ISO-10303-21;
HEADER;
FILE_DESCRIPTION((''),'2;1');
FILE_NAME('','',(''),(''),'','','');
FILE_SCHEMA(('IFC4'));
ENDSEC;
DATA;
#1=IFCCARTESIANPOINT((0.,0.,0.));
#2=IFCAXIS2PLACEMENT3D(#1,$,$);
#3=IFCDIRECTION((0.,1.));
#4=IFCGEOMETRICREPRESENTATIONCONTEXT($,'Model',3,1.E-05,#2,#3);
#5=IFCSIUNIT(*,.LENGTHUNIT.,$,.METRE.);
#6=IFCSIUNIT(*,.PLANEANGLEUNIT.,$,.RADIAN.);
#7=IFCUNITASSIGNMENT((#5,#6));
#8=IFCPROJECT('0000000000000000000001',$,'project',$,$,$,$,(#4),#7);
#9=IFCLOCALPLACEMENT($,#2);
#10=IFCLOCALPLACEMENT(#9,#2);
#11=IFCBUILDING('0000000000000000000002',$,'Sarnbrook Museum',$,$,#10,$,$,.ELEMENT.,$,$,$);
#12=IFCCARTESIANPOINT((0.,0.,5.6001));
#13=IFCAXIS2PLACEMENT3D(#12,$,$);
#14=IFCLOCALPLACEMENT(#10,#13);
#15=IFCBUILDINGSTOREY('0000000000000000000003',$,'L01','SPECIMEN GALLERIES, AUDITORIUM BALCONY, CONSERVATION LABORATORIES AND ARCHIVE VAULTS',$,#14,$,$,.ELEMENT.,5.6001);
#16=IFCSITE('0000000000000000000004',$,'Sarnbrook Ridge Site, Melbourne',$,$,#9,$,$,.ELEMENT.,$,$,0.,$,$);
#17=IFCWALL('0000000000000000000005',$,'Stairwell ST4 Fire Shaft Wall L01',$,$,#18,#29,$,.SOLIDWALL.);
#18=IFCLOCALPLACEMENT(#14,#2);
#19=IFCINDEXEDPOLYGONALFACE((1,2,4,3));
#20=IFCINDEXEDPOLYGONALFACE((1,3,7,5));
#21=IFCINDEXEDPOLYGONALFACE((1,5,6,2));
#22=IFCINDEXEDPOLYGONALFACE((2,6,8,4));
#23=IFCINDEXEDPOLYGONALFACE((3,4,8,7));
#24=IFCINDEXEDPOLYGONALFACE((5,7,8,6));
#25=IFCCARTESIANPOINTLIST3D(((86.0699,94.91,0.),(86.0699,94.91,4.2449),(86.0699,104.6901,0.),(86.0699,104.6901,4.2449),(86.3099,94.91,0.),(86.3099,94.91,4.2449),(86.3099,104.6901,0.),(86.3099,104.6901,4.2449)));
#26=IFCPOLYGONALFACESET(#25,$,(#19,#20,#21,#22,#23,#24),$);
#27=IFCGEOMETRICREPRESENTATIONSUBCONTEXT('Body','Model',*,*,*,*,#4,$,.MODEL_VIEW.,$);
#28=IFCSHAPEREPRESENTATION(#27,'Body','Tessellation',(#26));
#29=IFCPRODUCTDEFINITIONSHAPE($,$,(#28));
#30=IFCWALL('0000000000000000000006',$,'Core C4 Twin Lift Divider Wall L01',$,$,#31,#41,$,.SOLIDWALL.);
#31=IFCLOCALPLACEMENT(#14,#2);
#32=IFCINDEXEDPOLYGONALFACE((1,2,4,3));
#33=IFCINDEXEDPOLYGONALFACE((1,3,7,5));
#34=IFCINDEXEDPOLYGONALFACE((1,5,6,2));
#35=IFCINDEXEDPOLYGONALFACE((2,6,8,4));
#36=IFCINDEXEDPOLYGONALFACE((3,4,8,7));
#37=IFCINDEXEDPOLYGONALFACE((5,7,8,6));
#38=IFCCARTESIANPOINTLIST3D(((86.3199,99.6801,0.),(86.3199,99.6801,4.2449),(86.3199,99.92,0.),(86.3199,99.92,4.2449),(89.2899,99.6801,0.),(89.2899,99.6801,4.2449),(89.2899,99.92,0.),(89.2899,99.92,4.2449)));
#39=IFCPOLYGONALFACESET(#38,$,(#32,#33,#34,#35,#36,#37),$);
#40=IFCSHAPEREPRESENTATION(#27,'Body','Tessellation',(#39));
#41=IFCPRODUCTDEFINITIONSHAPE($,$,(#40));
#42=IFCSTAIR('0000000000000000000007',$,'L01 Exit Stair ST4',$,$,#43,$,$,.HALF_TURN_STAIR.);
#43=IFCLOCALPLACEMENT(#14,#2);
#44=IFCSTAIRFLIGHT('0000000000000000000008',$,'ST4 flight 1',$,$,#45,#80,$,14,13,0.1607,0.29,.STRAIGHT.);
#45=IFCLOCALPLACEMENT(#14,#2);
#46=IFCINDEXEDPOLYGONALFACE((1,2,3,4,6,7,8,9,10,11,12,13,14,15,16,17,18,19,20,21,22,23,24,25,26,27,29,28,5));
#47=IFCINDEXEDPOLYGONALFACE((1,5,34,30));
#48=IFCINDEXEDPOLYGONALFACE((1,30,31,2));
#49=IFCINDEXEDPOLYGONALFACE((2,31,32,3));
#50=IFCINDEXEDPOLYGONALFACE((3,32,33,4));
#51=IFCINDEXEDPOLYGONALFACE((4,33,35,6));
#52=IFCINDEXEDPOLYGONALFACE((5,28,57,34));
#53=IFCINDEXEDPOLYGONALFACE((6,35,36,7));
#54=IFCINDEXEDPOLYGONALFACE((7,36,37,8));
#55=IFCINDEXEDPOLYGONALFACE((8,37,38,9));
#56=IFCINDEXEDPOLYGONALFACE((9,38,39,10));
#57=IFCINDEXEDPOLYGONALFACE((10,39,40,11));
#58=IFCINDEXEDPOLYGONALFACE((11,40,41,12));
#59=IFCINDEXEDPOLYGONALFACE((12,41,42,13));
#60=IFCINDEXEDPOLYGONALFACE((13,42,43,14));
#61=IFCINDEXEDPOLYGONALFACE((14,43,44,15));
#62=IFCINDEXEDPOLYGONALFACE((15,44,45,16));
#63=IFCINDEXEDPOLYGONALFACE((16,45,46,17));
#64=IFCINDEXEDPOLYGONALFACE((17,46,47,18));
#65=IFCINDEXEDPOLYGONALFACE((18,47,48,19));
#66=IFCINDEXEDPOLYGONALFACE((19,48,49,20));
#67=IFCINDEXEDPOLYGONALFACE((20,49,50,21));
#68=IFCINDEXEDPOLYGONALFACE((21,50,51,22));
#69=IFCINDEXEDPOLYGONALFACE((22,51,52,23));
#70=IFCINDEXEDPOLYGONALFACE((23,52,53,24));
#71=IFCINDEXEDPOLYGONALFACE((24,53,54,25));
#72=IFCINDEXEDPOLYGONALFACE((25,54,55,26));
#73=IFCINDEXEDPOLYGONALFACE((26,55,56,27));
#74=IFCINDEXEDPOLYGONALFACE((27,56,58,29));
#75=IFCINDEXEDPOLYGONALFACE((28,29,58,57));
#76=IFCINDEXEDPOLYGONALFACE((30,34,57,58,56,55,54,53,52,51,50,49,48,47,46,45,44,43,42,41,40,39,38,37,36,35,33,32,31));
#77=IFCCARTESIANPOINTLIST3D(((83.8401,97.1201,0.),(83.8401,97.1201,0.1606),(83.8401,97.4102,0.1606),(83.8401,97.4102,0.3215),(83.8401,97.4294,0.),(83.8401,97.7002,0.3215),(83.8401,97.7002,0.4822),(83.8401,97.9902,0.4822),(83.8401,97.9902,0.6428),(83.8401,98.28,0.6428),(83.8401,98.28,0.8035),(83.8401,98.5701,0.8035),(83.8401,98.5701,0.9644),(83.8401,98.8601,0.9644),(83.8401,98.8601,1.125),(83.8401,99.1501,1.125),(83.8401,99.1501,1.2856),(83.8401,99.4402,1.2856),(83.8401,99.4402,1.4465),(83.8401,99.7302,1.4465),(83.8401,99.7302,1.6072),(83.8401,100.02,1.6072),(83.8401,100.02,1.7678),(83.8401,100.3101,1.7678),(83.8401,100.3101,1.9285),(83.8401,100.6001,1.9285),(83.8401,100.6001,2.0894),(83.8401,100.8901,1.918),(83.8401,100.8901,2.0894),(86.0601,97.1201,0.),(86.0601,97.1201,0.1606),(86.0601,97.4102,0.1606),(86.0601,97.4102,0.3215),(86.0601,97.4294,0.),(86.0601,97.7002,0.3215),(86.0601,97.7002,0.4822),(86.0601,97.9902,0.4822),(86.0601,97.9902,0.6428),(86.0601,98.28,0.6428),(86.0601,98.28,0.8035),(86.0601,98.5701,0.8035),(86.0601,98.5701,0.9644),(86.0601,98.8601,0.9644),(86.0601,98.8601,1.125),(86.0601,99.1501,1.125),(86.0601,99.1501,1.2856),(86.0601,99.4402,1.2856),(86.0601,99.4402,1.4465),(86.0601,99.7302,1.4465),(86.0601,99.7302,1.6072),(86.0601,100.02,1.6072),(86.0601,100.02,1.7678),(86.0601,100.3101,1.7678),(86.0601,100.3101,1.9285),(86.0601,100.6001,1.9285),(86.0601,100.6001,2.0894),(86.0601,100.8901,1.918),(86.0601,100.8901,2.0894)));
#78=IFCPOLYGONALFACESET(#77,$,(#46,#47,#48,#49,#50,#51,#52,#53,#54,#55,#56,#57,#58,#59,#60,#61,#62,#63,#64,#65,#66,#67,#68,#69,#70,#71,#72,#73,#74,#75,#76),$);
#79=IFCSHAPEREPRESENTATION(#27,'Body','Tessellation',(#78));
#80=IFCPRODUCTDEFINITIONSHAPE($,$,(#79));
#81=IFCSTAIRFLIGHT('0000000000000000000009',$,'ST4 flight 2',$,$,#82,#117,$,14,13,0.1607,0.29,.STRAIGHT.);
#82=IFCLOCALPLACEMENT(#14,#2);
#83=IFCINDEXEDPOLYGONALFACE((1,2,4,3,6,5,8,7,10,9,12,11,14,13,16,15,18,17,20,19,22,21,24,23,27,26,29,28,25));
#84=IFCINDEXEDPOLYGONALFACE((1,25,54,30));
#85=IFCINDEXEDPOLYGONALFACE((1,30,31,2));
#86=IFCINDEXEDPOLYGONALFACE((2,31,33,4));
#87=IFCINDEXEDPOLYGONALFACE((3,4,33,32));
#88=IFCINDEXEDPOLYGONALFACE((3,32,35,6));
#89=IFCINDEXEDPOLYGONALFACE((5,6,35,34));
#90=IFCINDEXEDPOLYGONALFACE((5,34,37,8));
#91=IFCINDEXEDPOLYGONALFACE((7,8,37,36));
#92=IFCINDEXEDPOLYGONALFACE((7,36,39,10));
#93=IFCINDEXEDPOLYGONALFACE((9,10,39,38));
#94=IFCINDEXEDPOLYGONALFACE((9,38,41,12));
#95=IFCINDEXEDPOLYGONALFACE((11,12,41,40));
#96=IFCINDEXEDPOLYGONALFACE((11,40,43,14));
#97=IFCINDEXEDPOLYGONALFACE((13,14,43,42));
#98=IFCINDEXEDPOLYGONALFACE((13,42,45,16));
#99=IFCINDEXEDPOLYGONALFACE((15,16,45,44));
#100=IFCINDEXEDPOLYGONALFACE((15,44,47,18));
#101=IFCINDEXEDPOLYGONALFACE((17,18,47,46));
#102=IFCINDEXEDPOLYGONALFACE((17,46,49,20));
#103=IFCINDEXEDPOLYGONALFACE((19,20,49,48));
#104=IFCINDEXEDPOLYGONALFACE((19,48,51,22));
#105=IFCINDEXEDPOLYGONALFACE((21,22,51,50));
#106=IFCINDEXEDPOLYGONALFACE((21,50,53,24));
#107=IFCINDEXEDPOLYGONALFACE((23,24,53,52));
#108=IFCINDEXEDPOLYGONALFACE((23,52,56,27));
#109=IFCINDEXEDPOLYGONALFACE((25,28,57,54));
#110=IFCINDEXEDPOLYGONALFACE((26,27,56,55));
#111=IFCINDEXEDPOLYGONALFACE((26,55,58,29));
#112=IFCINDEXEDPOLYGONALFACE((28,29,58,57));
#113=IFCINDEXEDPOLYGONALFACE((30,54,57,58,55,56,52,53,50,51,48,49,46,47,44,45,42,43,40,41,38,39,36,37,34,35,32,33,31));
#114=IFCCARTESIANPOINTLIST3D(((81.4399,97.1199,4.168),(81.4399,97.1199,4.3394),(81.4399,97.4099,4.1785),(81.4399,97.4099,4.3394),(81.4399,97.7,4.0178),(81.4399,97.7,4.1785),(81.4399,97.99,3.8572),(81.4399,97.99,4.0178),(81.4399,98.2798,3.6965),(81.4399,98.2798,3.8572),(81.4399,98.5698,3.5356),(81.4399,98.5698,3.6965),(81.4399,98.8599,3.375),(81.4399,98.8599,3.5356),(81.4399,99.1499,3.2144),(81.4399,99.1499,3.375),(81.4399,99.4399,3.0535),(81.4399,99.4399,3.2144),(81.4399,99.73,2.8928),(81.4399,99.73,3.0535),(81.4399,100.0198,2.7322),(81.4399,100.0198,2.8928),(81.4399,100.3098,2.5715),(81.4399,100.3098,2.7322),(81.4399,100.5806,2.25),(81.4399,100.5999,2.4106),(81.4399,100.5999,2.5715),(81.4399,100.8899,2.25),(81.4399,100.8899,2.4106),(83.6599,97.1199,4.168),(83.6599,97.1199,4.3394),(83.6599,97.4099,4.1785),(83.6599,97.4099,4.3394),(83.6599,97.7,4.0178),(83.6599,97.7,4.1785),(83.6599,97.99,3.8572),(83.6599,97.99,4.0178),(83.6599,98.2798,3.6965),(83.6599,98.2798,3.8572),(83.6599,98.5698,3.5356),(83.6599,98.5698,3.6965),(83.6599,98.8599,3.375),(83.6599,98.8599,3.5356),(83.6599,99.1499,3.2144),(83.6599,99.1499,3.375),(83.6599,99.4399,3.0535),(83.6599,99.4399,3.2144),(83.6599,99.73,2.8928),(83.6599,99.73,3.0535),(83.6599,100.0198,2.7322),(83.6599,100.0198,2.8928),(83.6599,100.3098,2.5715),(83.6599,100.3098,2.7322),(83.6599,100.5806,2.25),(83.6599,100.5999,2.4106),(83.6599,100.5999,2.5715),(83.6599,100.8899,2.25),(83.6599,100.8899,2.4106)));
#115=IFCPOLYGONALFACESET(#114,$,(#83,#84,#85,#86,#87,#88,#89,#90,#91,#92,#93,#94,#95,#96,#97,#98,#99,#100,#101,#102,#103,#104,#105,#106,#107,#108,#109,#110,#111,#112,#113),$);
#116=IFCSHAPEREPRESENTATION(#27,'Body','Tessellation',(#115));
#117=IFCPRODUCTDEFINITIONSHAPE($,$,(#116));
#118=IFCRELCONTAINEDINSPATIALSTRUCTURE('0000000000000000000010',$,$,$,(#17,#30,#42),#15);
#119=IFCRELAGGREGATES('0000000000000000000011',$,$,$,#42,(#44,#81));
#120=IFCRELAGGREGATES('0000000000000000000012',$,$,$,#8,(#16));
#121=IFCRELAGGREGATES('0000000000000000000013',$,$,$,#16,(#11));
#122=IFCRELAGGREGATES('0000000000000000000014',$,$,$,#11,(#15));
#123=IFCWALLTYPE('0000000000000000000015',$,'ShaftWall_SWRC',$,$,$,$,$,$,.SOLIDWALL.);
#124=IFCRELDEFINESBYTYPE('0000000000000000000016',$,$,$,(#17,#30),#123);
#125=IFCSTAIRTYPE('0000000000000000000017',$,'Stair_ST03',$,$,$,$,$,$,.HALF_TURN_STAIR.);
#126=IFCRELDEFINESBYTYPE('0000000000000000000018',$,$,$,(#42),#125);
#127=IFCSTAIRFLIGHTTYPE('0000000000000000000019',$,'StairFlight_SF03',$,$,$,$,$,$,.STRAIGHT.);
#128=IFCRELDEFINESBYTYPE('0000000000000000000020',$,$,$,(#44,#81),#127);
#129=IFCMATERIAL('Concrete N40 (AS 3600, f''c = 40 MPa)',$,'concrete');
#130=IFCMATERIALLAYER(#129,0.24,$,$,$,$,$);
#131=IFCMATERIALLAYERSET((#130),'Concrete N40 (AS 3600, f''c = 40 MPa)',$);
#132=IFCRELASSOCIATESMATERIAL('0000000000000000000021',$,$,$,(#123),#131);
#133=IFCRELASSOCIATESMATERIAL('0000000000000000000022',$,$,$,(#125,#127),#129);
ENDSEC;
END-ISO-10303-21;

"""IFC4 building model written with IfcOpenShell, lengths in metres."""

from ifc_helpers import new_model, si_unit, direction, frame, frame_2d, origin, place, context, subcontext, project, spatial, polyline, rectangle, outline, extrude, material, layer, layer_set, type_object, element, aggregate, save


model = new_model("IFC4")

# Units and contexts
model_context = context("Model", 3, precision=1e-05, world=origin(), true_north=direction((0.0, 1.0)))
body_context = subcontext(model_context, "Body", "Model", "MODEL_VIEW")
ifc_project = project(units=[si_unit("LENGTHUNIT", "METRE"), si_unit("PLANEANGLEUNIT", "RADIAN")], contexts=[model_context])

# Site, building, storey
site_placement = place(None, origin())
site = spatial("IfcSite", under=ifc_project, at=site_placement, Name="Sarnbrook Ridge Site, Melbourne", CompositionType="ELEMENT", RefElevation=0.0)
building_placement = place(site_placement, origin())
building = spatial("IfcBuilding", under=site, at=building_placement, Name="Sarnbrook Museum", CompositionType="ELEMENT")
storey_placement = place(building_placement, frame((0.0, 0.0, 5.6001)))
storey = spatial("IfcBuildingStorey", under=building, at=storey_placement, Name="L01", Description="SPECIMEN GALLERIES, AUDITORIUM BALCONY, CONSERVATION LABORATORIES AND ARCHIVE VAULTS", CompositionType="ELEMENT", Elevation=5.6001)

# Walls
ifc_material_1 = material(Name="Concrete N40 (AS 3600, f'c = 40 MPa)", Category="concrete")
ifc_layer_1 = layer(ifc_material_1, 0.24)
ifc_layer_set_1 = layer_set([ifc_layer_1], Name="Concrete N40 (AS 3600, f'c = 40 MPa)")
wall_type_1 = type_object("IfcWallType", Name="ShaftWall_SWRC", PredefinedType="SOLIDWALL", material=ifc_layer_set_1)
wall_1_placement = place(storey_placement, frame((86.1899, 94.9099, 0.0), z_axis=(0.0, 0.0, 1.0), x_axis=(0.0, 1.0, 0.0)))
element("IfcWall", 1, at=wall_1_placement, inside=storey, type_object=wall_type_1, Name="Stairwell ST4 Fire Shaft Wall L01", PredefinedType="SOLIDWALL", context=body_context, shape_type="SweptSolid", body=[
    extrude(rectangle(XDim=9.78, YDim=0.24, at=frame_2d((4.8901, 0.0))), origin(), (0.0, 0.0, 1.0), 4.2449),
])
wall_2_placement = place(storey_placement, frame((86.3201, 99.8, 0.0), z_axis=(0.0, 0.0, 1.0), x_axis=(1.0, 0.0, 0.0)))
element("IfcWall", 2, at=wall_2_placement, inside=storey, type_object=wall_type_1, Name="Core C4 Twin Lift Divider Wall L01", PredefinedType="SOLIDWALL", context=body_context, shape_type="SweptSolid", body=[
    extrude(rectangle(XDim=2.97, YDim=0.24, at=frame_2d((1.4849, 0.0))), origin(), (0.0, 0.0, 1.0), 4.2449),
])

# Stair, stair flights
stair_type = type_object("IfcStairType", Name="Stair_ST03", PredefinedType="HALF_TURN_STAIR", material=ifc_material_1)
stair_placement = place(storey_placement, origin())
stair = element("IfcStair", 3, at=stair_placement, inside=storey, type_object=stair_type, Name="L01 Exit Stair ST4", PredefinedType="HALF_TURN_STAIR")
stair_flight_type = type_object("IfcStairFlightType", Name="StairFlight_SF03", PredefinedType="STRAIGHT", material=ifc_material_1)
stair_flight_1_placement = place(storey_placement, frame((84.95, 97.1201, 0.0), z_axis=(0.0, 0.0, 1.0), x_axis=(0.0, 1.0, 0.0)))
stair_flight_1 = element("IfcStairFlight", 4, at=stair_flight_1_placement, type_object=stair_flight_type, Name="ST4 flight 1", NumberOfRisers=14, NumberOfTreads=13, PredefinedType="STRAIGHT", RiserHeight=0.1607, TreadLength=0.29, context=body_context, shape_type="SweptSolid", body=[
    extrude(outline(polyline([(0.0, 0.0), (0.0, 0.1606), (0.29, 0.1606), (0.29, 0.3215), (0.5801, 0.3215), (0.5801, 0.4822), (0.8701, 0.4822), (0.8701, 0.6428), (1.1599, 0.6428), (1.1599, 0.8035), (1.45, 0.8035), (1.45, 0.9644), (1.74, 0.9644), (1.74, 1.125), (2.03, 1.125), (2.03, 1.2856), (2.3201, 1.2856), (2.3201, 1.4465), (2.6101, 1.4465), (2.6101, 1.6072), (2.8999, 1.6072), (2.8999, 1.7678), (3.1899, 1.7678), (3.1899, 1.9285), (3.48, 1.9285), (3.48, 2.0894), (3.77, 2.0894), (3.77, 2.25), (3.77, 1.918), (0.3093, 0.0), (0.0, 0.0)])), frame((0.0, 1.1099, 0.0), z_axis=(0.0, -1.0, 0.0), x_axis=(1.0, 0.0, 0.0)), (0.0, 0.0, 1.0), 2.22),
])
stair_flight_2_placement = place(storey_placement, frame((82.55, 100.8899, 2.25), z_axis=(0.0, 0.0, 1.0), x_axis=(0.0, -1.0, 0.0)))
stair_flight_2 = element("IfcStairFlight", 5, at=stair_flight_2_placement, type_object=stair_flight_type, Name="ST4 flight 2", NumberOfRisers=14, NumberOfTreads=13, PredefinedType="STRAIGHT", RiserHeight=0.1607, TreadLength=0.29, context=body_context, shape_type="SweptSolid", body=[
    extrude(outline(polyline([(0.0, 0.0), (0.0, 0.1606), (0.29, 0.1606), (0.29, 0.3215), (0.5801, 0.3215), (0.5801, 0.4822), (0.8701, 0.4822), (0.8701, 0.6428), (1.1599, 0.6428), (1.1599, 0.8035), (1.45, 0.8035), (1.45, 0.9644), (1.74, 0.9644), (1.74, 1.125), (2.03, 1.125), (2.03, 1.2856), (2.3201, 1.2856), (2.3201, 1.4465), (2.6101, 1.4465), (2.6101, 1.6072), (2.8999, 1.6072), (2.8999, 1.7678), (3.1899, 1.7678), (3.1899, 1.9285), (3.48, 1.9285), (3.48, 2.0894), (3.77, 2.0894), (3.77, 2.25), (3.77, 1.918), (0.3093, 0.0), (0.0, 0.0)])), frame((0.0, 1.1099, 0.0), z_axis=(0.0, -1.0, 0.0), x_axis=(1.0, 0.0, 0.0)), (0.0, 0.0, 1.0), 2.22),
])
aggregate(stair, [stair_flight_1, stair_flight_2])

save(model, "model.ifc")
